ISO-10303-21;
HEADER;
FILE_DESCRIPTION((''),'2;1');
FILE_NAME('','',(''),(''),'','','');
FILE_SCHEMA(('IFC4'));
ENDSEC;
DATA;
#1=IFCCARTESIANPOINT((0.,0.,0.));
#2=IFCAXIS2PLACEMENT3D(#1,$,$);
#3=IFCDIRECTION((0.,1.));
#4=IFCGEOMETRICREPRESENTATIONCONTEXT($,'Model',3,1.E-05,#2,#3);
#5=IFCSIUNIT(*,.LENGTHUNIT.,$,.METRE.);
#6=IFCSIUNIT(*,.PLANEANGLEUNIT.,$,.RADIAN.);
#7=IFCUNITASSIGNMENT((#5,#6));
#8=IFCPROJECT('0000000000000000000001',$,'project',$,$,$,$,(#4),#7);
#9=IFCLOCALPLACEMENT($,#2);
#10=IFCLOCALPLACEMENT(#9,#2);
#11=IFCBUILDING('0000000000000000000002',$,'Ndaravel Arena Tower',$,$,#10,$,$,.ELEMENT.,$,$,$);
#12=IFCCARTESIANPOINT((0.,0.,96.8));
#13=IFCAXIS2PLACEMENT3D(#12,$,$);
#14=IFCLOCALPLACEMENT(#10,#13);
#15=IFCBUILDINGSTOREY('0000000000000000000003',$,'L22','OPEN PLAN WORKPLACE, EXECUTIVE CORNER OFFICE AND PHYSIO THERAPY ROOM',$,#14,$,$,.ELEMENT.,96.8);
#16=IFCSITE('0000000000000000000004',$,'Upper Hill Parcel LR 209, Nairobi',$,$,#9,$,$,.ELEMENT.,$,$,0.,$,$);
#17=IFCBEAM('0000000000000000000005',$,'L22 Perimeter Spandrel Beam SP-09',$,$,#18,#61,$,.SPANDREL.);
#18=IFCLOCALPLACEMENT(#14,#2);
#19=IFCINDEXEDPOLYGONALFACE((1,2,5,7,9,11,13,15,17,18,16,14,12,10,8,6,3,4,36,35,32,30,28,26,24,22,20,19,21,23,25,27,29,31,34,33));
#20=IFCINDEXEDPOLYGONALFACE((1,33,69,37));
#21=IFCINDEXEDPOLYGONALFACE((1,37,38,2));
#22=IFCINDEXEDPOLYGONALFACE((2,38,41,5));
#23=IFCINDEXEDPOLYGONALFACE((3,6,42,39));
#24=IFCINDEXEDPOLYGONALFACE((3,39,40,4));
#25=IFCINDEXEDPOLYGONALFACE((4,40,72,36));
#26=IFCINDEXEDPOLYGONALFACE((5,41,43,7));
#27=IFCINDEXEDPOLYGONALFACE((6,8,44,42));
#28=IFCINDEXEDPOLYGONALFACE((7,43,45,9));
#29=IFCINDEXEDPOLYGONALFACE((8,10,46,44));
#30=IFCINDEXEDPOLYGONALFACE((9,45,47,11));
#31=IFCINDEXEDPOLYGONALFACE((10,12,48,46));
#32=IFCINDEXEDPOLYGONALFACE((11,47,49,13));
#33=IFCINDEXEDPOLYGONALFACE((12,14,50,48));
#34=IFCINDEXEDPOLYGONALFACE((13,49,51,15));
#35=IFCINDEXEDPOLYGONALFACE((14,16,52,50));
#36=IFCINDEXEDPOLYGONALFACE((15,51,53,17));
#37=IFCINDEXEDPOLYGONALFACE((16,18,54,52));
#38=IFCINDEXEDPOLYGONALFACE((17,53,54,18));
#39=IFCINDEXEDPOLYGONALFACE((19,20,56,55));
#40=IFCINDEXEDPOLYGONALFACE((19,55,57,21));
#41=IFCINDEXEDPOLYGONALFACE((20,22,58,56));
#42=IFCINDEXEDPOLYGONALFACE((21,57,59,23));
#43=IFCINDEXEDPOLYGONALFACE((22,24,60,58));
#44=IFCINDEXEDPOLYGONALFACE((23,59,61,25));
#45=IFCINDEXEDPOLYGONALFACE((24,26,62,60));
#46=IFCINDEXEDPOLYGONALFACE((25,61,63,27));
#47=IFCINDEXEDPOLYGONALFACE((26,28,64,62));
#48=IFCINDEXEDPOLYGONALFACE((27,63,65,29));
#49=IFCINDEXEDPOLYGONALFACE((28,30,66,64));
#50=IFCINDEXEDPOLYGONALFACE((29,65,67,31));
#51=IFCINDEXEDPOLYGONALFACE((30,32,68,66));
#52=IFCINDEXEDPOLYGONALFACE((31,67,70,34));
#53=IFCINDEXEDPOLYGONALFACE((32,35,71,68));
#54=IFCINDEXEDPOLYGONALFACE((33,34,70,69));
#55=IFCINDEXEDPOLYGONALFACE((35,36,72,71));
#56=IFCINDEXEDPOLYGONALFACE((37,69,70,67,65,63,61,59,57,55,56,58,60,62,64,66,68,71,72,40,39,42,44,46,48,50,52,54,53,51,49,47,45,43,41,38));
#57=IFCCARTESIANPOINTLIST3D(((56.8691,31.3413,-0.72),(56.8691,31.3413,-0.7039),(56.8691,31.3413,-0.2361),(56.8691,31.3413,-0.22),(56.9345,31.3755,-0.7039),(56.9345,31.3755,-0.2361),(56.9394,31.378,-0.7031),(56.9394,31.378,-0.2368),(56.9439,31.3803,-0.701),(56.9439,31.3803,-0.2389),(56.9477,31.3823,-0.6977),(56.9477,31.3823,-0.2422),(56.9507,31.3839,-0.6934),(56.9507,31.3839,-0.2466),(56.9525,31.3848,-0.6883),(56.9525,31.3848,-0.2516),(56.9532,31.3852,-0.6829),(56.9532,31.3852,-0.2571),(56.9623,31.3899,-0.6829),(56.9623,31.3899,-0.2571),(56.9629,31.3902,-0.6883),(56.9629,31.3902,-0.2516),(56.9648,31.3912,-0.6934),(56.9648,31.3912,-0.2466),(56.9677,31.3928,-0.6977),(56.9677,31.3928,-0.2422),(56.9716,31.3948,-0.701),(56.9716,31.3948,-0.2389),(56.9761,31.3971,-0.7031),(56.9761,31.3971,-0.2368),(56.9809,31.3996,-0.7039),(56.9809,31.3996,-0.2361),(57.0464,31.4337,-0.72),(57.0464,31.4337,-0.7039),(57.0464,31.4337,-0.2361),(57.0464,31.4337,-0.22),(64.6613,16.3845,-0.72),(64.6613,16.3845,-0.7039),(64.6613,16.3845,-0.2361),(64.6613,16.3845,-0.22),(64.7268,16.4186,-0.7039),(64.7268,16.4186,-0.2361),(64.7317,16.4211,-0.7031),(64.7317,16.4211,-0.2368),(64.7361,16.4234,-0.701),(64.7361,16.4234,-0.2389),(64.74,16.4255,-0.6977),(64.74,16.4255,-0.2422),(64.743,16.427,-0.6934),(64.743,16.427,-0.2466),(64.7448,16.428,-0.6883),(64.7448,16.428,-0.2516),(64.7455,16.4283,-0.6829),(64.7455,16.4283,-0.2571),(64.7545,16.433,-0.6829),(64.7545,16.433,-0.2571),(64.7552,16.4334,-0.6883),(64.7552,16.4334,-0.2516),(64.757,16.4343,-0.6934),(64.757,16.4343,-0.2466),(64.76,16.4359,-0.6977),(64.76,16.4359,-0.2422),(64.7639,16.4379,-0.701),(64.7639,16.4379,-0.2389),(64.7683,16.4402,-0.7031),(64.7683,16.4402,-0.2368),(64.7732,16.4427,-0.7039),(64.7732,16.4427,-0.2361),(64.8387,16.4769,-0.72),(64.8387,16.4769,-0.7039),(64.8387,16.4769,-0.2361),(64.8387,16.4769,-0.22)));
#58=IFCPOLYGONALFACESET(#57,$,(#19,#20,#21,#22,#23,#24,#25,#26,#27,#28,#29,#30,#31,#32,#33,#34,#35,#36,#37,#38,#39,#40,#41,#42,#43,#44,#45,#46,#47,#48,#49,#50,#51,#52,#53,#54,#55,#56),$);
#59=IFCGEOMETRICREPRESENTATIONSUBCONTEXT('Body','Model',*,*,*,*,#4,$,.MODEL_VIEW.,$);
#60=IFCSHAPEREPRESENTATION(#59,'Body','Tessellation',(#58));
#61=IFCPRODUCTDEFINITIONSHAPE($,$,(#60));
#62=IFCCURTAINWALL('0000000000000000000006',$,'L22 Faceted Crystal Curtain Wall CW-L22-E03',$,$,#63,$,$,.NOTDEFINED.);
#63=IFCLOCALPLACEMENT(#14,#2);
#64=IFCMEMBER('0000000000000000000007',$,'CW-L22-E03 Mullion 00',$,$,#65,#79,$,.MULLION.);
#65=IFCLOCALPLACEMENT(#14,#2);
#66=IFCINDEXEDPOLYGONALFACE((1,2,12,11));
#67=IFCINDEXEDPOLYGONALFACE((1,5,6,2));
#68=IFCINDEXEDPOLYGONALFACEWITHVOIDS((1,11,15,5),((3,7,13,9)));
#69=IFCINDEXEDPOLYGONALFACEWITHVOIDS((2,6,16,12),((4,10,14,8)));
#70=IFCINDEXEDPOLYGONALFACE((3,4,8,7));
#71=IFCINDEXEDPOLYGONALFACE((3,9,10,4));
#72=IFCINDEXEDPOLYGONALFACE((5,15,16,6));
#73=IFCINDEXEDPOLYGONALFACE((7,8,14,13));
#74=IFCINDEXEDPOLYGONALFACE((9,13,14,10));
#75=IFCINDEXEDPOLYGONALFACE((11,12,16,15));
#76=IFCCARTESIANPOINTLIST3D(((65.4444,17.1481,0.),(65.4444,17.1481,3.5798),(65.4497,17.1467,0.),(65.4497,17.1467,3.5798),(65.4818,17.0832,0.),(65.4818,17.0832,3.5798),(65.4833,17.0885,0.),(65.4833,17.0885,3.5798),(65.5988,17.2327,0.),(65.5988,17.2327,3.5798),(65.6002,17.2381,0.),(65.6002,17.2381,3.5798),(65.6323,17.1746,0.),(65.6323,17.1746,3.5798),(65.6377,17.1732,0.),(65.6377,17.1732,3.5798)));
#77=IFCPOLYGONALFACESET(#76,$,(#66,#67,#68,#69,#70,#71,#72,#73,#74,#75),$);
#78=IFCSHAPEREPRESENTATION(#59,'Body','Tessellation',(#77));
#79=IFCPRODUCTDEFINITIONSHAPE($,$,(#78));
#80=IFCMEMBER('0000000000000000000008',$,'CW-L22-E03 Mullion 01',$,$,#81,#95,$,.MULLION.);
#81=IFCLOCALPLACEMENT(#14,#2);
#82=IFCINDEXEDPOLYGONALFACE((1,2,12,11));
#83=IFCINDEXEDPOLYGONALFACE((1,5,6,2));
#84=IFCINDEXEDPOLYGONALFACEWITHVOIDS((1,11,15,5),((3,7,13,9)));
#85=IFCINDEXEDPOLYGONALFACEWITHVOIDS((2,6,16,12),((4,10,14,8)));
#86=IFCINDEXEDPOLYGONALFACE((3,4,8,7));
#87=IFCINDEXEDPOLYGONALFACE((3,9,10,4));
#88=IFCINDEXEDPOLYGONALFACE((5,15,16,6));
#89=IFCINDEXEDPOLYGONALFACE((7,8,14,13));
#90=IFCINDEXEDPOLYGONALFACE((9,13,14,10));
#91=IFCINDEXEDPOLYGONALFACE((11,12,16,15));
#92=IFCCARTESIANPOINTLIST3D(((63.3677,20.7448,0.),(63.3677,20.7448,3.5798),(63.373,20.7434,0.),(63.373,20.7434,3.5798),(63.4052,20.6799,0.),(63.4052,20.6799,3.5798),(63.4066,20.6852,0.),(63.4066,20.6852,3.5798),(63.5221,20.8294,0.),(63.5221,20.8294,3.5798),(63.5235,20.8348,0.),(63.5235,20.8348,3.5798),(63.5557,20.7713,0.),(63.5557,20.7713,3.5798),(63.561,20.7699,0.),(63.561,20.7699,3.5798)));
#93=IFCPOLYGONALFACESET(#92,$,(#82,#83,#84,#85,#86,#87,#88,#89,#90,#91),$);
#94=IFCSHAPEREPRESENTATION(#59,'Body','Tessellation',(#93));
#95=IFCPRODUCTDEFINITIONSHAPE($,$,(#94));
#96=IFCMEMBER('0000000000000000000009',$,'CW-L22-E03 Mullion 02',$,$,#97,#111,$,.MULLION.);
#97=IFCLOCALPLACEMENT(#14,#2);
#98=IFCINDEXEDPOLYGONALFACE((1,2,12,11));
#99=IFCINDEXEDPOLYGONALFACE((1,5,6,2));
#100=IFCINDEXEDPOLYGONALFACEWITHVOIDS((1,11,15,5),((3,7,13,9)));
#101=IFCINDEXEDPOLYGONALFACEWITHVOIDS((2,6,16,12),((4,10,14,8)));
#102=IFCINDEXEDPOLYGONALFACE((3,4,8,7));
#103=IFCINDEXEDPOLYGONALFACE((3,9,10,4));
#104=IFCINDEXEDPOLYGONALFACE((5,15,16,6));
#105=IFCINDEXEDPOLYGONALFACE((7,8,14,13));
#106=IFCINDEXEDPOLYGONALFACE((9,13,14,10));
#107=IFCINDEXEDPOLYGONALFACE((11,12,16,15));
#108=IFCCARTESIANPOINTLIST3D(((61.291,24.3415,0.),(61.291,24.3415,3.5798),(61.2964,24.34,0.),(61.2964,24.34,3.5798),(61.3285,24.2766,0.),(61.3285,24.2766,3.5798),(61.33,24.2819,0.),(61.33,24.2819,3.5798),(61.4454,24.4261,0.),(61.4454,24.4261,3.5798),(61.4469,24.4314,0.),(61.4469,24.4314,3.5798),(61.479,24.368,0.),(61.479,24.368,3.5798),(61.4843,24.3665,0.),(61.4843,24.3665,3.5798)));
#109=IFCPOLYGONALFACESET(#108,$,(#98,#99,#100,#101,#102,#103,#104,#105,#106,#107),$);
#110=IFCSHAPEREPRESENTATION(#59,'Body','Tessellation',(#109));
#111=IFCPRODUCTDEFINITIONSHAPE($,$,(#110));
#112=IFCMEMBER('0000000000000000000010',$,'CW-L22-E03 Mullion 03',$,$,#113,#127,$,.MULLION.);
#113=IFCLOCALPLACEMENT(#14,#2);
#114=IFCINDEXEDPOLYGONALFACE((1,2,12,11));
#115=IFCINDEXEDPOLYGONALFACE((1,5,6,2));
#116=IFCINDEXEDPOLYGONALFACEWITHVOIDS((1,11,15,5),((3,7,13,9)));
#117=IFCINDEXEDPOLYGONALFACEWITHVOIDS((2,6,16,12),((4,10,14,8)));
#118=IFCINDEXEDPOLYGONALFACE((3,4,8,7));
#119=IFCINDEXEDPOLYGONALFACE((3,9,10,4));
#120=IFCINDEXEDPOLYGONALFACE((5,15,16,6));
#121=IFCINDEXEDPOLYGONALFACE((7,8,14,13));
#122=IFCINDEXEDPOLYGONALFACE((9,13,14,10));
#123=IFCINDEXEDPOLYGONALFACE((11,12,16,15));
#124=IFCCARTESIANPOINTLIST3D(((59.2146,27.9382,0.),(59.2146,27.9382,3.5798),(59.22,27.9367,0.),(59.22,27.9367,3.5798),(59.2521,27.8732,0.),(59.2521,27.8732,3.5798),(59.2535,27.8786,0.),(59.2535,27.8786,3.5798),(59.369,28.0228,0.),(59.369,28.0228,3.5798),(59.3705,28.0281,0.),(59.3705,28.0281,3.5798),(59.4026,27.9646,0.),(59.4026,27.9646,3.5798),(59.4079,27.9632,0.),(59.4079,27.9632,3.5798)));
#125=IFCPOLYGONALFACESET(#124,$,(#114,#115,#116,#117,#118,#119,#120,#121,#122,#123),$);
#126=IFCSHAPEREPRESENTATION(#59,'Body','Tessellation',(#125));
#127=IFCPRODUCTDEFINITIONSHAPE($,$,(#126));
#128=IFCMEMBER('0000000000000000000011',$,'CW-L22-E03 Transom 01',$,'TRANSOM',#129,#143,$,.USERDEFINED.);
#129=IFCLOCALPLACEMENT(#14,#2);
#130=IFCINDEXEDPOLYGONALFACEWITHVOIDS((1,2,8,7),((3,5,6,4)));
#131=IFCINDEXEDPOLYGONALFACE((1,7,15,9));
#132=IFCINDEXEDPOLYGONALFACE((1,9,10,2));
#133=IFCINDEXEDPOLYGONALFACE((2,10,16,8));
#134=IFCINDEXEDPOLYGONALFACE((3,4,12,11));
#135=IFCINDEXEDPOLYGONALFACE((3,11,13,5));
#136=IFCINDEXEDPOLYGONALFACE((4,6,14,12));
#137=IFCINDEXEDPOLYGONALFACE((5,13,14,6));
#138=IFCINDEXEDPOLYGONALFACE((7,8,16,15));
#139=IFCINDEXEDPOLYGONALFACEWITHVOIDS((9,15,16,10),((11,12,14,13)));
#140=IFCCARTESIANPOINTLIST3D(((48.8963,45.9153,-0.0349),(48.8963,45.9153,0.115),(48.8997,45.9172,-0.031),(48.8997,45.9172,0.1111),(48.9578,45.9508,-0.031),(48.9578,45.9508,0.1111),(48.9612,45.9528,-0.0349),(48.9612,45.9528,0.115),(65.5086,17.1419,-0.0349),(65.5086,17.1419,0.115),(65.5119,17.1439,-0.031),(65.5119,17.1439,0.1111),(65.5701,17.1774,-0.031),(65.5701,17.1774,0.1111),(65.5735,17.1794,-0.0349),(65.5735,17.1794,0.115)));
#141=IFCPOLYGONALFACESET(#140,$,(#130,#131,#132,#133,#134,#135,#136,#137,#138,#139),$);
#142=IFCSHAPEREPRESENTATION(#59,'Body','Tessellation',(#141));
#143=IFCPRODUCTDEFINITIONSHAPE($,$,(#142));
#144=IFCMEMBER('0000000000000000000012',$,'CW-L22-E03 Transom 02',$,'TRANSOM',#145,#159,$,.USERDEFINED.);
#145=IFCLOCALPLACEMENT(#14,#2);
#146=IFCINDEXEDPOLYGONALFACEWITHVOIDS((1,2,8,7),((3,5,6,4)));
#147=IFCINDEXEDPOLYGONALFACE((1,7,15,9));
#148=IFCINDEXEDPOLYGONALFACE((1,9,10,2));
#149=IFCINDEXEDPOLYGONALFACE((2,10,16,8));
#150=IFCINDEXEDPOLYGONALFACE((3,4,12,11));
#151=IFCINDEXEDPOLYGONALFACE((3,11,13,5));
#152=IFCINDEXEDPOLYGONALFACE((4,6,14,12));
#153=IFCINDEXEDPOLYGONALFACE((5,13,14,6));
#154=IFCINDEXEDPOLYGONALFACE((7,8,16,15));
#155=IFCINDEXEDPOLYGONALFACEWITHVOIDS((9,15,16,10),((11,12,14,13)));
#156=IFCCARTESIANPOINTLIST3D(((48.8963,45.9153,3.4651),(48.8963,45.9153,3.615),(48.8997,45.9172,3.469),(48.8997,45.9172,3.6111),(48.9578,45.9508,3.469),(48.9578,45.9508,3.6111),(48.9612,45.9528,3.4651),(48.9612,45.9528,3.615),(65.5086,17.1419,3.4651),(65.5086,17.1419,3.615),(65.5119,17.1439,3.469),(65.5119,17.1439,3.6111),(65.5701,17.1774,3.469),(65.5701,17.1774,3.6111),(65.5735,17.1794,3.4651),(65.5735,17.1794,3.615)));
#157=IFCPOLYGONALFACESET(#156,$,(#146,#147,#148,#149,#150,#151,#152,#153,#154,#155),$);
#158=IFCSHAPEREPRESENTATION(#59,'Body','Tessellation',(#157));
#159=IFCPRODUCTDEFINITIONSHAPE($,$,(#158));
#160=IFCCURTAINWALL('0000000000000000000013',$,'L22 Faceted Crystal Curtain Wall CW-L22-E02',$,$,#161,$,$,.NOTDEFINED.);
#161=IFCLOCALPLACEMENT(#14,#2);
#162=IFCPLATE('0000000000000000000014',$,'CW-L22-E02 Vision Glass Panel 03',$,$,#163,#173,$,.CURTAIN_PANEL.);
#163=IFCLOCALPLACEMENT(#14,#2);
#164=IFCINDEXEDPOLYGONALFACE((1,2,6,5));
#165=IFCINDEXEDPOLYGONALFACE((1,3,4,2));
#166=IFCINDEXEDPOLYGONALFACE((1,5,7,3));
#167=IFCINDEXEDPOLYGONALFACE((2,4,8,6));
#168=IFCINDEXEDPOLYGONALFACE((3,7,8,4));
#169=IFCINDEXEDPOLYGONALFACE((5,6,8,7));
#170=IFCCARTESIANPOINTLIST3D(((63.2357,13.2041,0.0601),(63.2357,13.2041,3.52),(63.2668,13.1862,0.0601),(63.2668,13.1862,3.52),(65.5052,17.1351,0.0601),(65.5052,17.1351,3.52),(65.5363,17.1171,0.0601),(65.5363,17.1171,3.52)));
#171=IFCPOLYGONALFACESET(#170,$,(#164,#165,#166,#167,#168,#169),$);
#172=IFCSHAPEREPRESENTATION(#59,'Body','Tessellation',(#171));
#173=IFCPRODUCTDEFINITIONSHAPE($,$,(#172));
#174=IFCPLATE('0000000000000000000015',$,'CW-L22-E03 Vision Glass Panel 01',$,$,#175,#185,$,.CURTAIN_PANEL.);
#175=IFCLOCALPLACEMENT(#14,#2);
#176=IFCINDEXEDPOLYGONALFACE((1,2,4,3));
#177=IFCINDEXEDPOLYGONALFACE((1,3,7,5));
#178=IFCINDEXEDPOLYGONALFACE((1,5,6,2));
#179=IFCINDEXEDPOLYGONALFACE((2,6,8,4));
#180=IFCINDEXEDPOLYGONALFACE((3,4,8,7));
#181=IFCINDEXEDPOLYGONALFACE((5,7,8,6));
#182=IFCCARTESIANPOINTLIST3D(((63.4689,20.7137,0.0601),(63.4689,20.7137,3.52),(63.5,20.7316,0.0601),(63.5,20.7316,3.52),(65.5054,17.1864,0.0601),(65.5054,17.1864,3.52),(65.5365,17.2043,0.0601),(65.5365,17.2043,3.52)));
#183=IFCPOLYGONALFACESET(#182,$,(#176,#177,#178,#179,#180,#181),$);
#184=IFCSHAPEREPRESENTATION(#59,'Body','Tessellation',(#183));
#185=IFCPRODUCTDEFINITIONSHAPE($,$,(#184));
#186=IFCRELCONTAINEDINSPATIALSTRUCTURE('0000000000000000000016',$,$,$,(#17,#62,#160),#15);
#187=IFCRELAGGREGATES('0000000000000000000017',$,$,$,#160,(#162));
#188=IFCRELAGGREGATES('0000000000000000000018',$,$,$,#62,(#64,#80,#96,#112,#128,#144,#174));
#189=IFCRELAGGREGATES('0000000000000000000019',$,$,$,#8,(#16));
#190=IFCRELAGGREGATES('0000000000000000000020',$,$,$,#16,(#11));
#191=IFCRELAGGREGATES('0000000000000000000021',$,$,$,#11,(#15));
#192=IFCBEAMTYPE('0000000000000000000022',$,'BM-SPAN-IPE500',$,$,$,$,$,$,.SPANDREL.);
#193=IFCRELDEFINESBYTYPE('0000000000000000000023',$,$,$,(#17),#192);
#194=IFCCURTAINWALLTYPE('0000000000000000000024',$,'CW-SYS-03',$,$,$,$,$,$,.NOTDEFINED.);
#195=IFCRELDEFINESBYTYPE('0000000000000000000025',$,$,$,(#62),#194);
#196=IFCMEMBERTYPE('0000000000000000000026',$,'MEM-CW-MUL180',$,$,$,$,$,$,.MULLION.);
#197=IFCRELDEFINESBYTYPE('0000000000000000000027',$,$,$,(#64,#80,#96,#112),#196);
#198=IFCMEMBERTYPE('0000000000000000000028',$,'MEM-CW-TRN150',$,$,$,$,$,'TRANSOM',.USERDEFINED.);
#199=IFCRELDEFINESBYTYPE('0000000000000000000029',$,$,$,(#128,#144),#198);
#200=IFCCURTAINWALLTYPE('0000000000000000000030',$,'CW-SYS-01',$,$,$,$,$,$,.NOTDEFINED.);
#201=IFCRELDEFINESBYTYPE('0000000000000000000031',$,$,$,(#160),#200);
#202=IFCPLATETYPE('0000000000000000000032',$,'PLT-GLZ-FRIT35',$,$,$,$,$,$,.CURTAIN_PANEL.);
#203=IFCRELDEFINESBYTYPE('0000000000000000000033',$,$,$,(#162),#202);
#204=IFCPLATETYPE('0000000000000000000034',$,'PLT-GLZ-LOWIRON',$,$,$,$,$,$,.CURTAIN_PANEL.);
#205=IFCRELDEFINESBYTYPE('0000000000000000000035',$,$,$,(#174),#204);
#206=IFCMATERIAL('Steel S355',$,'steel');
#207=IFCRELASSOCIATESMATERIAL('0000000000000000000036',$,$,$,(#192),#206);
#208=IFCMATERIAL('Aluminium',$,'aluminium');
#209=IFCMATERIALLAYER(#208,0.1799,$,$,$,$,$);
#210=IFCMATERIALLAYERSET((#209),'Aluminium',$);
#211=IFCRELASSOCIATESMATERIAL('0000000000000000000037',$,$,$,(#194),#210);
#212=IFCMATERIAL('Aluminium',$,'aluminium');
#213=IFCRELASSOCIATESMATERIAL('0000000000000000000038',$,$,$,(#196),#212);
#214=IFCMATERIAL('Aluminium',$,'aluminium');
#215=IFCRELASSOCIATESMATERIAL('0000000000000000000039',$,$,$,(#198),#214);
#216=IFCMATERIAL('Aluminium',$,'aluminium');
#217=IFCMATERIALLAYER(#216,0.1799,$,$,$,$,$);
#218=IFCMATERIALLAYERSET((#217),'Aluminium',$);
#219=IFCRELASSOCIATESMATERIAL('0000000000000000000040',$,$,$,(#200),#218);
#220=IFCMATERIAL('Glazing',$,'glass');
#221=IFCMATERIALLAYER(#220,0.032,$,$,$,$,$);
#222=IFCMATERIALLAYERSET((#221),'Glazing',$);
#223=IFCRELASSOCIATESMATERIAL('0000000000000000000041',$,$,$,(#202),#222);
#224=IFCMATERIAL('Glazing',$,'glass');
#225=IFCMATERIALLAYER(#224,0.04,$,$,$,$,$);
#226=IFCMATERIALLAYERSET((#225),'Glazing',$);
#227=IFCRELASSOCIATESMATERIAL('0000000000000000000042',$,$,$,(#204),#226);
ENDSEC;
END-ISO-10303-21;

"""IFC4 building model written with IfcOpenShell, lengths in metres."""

from ifc_helpers import new_model, si_unit, direction, frame, origin, origin_2d, place, context, subcontext, project, spatial, rectangle, hollow_rectangle, i_section, extrude, material, layer, layer_set, material_profile, profile_set, type_object, element, aggregate, save


model = new_model("IFC4")

# Units and contexts
model_context = context("Model", 3, precision=1e-05, world=origin(), true_north=direction((0.0, 1.0)))
body_context = subcontext(model_context, "Body", "Model", "MODEL_VIEW")
ifc_project = project(units=[si_unit("LENGTHUNIT", "METRE"), si_unit("PLANEANGLEUNIT", "RADIAN")], contexts=[model_context])

# Site, building, storey
site_placement = place(None, origin())
site = spatial("IfcSite", under=ifc_project, at=site_placement, Name="Upper Hill Parcel LR 209, Nairobi", CompositionType="ELEMENT", RefElevation=0.0)
building_placement = place(site_placement, origin())
building = spatial("IfcBuilding", under=site, at=building_placement, Name="Ndaravel Arena Tower", CompositionType="ELEMENT")
storey_placement = place(building_placement, frame((0.0, 0.0, 96.8)))
storey = spatial("IfcBuildingStorey", under=building, at=storey_placement, Name="L22", Description="OPEN PLAN WORKPLACE, EXECUTIVE CORNER OFFICE AND PHYSIO THERAPY ROOM", CompositionType="ELEMENT", Elevation=96.8)

# Beam
ifc_material_1 = material(Name="Steel S355", Category="steel")
ifc_material_profile_1 = material_profile(ifc_material_1, i_section(OverallWidth=0.2, OverallDepth=0.5, WebThickness=0.0103, FlangeThickness=0.0161, FilletRadius=0.021, at=origin_2d()), Name="IPE 500")
ifc_profile_set_1 = profile_set([ifc_material_profile_1], Name="Steel S355")
beam_type_1 = type_object("IfcBeamType", Name="BM-SPAN-IPE500", PredefinedType="SPANDREL", material=ifc_profile_set_1)
beam_1_placement = place(storey_placement, frame((64.75, 16.4307, -0.47), z_axis=(-0.462039, 0.88686, 0.0), x_axis=(-0.88686, -0.462039, 0.0)))
element("IfcBeam", 1, at=beam_1_placement, inside=storey, type_object=beam_type_1, Name="L22 Perimeter Spandrel Beam SP-09", PredefinedType="SPANDREL", context=body_context, shape_type="SweptSolid", body=[
    extrude(i_section(OverallWidth=0.2, OverallDepth=0.5, WebThickness=0.0103, FlangeThickness=0.0161, FilletRadius=0.021, at=origin_2d()), origin(), (0.0, 0.0, 1.0), 16.865),
])

# Curtain wall, members
ifc_material_2 = material(Name="Aluminium", Category="aluminium")
ifc_layer_1 = layer(ifc_material_2, 0.1799)
ifc_layer_set_1 = layer_set([ifc_layer_1], Name="Aluminium")
curtain_wall_type_1 = type_object("IfcCurtainWallType", Name="CW-SYS-03", PredefinedType="NOTDEFINED", material=ifc_layer_set_1)
curtain_wall_1_placement = place(storey_placement, origin())
curtain_wall_1 = element("IfcCurtainWall", 2, at=curtain_wall_1_placement, inside=storey, type_object=curtain_wall_type_1, Name="L22 Faceted Crystal Curtain Wall CW-L22-E03", PredefinedType="NOTDEFINED")
ifc_material_3 = material(Name="Aluminium", Category="aluminium")
ifc_material_profile_2 = material_profile(ifc_material_3, hollow_rectangle(XDim=0.075, YDim=0.1799, WallThickness=0.0039, at=origin_2d()), Name="CW MULLION 75x180x4")
ifc_profile_set_2 = profile_set([ifc_material_profile_2], Name="Aluminium")
member_type_1 = type_object("IfcMemberType", Name="MEM-CW-MUL180", PredefinedType="MULLION", material=ifc_profile_set_2)
member_1_placement = place(storey_placement, frame((65.541, 17.1606, 0.0), z_axis=(0.0, 0.0, 1.0), x_axis=(-0.5, 0.866025, 0.0)))
member_1 = element("IfcMember", 3, at=member_1_placement, type_object=member_type_1, Name="CW-L22-E03 Mullion 00", PredefinedType="MULLION", context=body_context, shape_type="SweptSolid", body=[
    extrude(hollow_rectangle(XDim=0.075, YDim=0.1799, WallThickness=0.0039, at=origin_2d()), origin(), (0.0, 0.0, 1.0), 3.5798),
])
member_2_placement = place(storey_placement, frame((63.4644, 20.7573, 0.0), z_axis=(0.0, 0.0, 1.0), x_axis=(-0.5, 0.866025, 0.0)))
member_2 = element("IfcMember", 4, at=member_2_placement, type_object=member_type_1, Name="CW-L22-E03 Mullion 01", PredefinedType="MULLION", context=body_context, shape_type="SweptSolid", body=[
    extrude(hollow_rectangle(XDim=0.075, YDim=0.1799, WallThickness=0.0039, at=origin_2d()), origin(), (0.0, 0.0, 1.0), 3.5798),
])
member_3_placement = place(storey_placement, frame((61.3877, 24.354, 0.0), z_axis=(0.0, 0.0, 1.0), x_axis=(-0.5, 0.866025, 0.0)))
member_3 = element("IfcMember", 5, at=member_3_placement, type_object=member_type_1, Name="CW-L22-E03 Mullion 02", PredefinedType="MULLION", context=body_context, shape_type="SweptSolid", body=[
    extrude(hollow_rectangle(XDim=0.075, YDim=0.1799, WallThickness=0.0039, at=origin_2d()), origin(), (0.0, 0.0, 1.0), 3.5798),
])
member_4_placement = place(storey_placement, frame((59.3113, 27.9507, 0.0), z_axis=(0.0, 0.0, 1.0), x_axis=(-0.5, 0.866025, 0.0)))
member_4 = element("IfcMember", 6, at=member_4_placement, type_object=member_type_1, Name="CW-L22-E03 Mullion 03", PredefinedType="MULLION", context=body_context, shape_type="SweptSolid", body=[
    extrude(hollow_rectangle(XDim=0.075, YDim=0.1799, WallThickness=0.0039, at=origin_2d()), origin(), (0.0, 0.0, 1.0), 3.5798),
])
ifc_material_4 = material(Name="Aluminium", Category="aluminium")
ifc_material_profile_3 = material_profile(ifc_material_4, hollow_rectangle(XDim=0.075, YDim=0.1499, WallThickness=0.0039, at=origin_2d()), Name="CW TRANSOM 75x150x4")
ifc_profile_set_3 = profile_set([ifc_material_profile_3], Name="Aluminium")
member_type_2 = type_object("IfcMemberType", Name="MEM-CW-TRN150", ElementType="TRANSOM", PredefinedType="USERDEFINED", material=ifc_profile_set_3)
member_5_placement = place(storey_placement, frame((65.541, 17.1606, 0.04), z_axis=(-0.499999, 0.866026, 0.0), x_axis=(-0.866026, -0.499999, 0.0)))
member_5 = element("IfcMember", 7, at=member_5_placement, type_object=member_type_2, Name="CW-L22-E03 Transom 01", ObjectType="TRANSOM", PredefinedType="USERDEFINED", context=body_context, shape_type="SweptSolid", body=[
    extrude(hollow_rectangle(XDim=0.075, YDim=0.1499, WallThickness=0.0039, at=origin_2d()), origin(), (0.0, 0.0, 1.0), 33.2246),
])
member_6_placement = place(storey_placement, frame((65.541, 17.1606, 3.54), z_axis=(-0.499999, 0.866026, 0.0), x_axis=(-0.866026, -0.499999, 0.0)))
member_6 = element("IfcMember", 8, at=member_6_placement, type_object=member_type_2, Name="CW-L22-E03 Transom 02", ObjectType="TRANSOM", PredefinedType="USERDEFINED", context=body_context, shape_type="SweptSolid", body=[
    extrude(hollow_rectangle(XDim=0.075, YDim=0.1499, WallThickness=0.0039, at=origin_2d()), origin(), (0.0, 0.0, 1.0), 33.2246),
])

# Curtain wall, plate
ifc_material_5 = material(Name="Aluminium", Category="aluminium")
ifc_layer_2 = layer(ifc_material_5, 0.1799)
ifc_layer_set_2 = layer_set([ifc_layer_2], Name="Aluminium")
curtain_wall_type_2 = type_object("IfcCurtainWallType", Name="CW-SYS-01", PredefinedType="NOTDEFINED", material=ifc_layer_set_2)
curtain_wall_2_placement = place(storey_placement, origin())
curtain_wall_2 = element("IfcCurtainWall", 9, at=curtain_wall_2_placement, inside=storey, type_object=curtain_wall_type_2, Name="L22 Faceted Crystal Curtain Wall CW-L22-E02", PredefinedType="NOTDEFINED")
ifc_material_6 = material(Name="Glazing", Category="glass")
ifc_layer_3 = layer(ifc_material_6, 0.032)
ifc_layer_set_3 = layer_set([ifc_layer_3], Name="Glazing")
plate_type_1 = type_object("IfcPlateType", Name="PLT-GLZ-FRIT35", PredefinedType="CURTAIN_PANEL", material=ifc_layer_set_3)
plate_1_placement = place(storey_placement, frame((64.386, 15.1606, 0.0601), z_axis=(0.0, 0.0, 1.0), x_axis=(0.5, 0.866025, 0.0)))
plate_1 = element("IfcPlate", 10, at=plate_1_placement, type_object=plate_type_1, Name="CW-L22-E02 Vision Glass Panel 03", PredefinedType="CURTAIN_PANEL", context=body_context, shape_type="SweptSolid", body=[
    extrude(rectangle(XDim=4.5391, YDim=0.0359, at=origin_2d()), origin(), (0.0, 0.0, 1.0), 3.46),
])
aggregate(curtain_wall_2, [plate_1])

# Plate
ifc_material_7 = material(Name="Glazing", Category="glass")
ifc_layer_4 = layer(ifc_material_7, 0.04)
ifc_layer_set_4 = layer_set([ifc_layer_4], Name="Glazing")
plate_type_2 = type_object("IfcPlateType", Name="PLT-GLZ-LOWIRON", PredefinedType="CURTAIN_PANEL", material=ifc_layer_set_4)
plate_2_placement = place(storey_placement, frame((64.5027, 18.959, 0.0601), z_axis=(0.0, 0.0, 1.0), x_axis=(-0.5, 0.866025, 0.0)))
plate_2 = element("IfcPlate", 11, at=plate_2_placement, type_object=plate_type_2, Name="CW-L22-E03 Vision Glass Panel 01", PredefinedType="CURTAIN_PANEL", context=body_context, shape_type="SweptSolid", body=[
    extrude(rectangle(XDim=4.073, YDim=0.0359, at=origin_2d()), origin(), (0.0, 0.0, 1.0), 3.46),
])
aggregate(curtain_wall_1, [member_1, member_2, member_3, member_4, member_5, member_6, plate_2])

save(model, "model.ifc")
